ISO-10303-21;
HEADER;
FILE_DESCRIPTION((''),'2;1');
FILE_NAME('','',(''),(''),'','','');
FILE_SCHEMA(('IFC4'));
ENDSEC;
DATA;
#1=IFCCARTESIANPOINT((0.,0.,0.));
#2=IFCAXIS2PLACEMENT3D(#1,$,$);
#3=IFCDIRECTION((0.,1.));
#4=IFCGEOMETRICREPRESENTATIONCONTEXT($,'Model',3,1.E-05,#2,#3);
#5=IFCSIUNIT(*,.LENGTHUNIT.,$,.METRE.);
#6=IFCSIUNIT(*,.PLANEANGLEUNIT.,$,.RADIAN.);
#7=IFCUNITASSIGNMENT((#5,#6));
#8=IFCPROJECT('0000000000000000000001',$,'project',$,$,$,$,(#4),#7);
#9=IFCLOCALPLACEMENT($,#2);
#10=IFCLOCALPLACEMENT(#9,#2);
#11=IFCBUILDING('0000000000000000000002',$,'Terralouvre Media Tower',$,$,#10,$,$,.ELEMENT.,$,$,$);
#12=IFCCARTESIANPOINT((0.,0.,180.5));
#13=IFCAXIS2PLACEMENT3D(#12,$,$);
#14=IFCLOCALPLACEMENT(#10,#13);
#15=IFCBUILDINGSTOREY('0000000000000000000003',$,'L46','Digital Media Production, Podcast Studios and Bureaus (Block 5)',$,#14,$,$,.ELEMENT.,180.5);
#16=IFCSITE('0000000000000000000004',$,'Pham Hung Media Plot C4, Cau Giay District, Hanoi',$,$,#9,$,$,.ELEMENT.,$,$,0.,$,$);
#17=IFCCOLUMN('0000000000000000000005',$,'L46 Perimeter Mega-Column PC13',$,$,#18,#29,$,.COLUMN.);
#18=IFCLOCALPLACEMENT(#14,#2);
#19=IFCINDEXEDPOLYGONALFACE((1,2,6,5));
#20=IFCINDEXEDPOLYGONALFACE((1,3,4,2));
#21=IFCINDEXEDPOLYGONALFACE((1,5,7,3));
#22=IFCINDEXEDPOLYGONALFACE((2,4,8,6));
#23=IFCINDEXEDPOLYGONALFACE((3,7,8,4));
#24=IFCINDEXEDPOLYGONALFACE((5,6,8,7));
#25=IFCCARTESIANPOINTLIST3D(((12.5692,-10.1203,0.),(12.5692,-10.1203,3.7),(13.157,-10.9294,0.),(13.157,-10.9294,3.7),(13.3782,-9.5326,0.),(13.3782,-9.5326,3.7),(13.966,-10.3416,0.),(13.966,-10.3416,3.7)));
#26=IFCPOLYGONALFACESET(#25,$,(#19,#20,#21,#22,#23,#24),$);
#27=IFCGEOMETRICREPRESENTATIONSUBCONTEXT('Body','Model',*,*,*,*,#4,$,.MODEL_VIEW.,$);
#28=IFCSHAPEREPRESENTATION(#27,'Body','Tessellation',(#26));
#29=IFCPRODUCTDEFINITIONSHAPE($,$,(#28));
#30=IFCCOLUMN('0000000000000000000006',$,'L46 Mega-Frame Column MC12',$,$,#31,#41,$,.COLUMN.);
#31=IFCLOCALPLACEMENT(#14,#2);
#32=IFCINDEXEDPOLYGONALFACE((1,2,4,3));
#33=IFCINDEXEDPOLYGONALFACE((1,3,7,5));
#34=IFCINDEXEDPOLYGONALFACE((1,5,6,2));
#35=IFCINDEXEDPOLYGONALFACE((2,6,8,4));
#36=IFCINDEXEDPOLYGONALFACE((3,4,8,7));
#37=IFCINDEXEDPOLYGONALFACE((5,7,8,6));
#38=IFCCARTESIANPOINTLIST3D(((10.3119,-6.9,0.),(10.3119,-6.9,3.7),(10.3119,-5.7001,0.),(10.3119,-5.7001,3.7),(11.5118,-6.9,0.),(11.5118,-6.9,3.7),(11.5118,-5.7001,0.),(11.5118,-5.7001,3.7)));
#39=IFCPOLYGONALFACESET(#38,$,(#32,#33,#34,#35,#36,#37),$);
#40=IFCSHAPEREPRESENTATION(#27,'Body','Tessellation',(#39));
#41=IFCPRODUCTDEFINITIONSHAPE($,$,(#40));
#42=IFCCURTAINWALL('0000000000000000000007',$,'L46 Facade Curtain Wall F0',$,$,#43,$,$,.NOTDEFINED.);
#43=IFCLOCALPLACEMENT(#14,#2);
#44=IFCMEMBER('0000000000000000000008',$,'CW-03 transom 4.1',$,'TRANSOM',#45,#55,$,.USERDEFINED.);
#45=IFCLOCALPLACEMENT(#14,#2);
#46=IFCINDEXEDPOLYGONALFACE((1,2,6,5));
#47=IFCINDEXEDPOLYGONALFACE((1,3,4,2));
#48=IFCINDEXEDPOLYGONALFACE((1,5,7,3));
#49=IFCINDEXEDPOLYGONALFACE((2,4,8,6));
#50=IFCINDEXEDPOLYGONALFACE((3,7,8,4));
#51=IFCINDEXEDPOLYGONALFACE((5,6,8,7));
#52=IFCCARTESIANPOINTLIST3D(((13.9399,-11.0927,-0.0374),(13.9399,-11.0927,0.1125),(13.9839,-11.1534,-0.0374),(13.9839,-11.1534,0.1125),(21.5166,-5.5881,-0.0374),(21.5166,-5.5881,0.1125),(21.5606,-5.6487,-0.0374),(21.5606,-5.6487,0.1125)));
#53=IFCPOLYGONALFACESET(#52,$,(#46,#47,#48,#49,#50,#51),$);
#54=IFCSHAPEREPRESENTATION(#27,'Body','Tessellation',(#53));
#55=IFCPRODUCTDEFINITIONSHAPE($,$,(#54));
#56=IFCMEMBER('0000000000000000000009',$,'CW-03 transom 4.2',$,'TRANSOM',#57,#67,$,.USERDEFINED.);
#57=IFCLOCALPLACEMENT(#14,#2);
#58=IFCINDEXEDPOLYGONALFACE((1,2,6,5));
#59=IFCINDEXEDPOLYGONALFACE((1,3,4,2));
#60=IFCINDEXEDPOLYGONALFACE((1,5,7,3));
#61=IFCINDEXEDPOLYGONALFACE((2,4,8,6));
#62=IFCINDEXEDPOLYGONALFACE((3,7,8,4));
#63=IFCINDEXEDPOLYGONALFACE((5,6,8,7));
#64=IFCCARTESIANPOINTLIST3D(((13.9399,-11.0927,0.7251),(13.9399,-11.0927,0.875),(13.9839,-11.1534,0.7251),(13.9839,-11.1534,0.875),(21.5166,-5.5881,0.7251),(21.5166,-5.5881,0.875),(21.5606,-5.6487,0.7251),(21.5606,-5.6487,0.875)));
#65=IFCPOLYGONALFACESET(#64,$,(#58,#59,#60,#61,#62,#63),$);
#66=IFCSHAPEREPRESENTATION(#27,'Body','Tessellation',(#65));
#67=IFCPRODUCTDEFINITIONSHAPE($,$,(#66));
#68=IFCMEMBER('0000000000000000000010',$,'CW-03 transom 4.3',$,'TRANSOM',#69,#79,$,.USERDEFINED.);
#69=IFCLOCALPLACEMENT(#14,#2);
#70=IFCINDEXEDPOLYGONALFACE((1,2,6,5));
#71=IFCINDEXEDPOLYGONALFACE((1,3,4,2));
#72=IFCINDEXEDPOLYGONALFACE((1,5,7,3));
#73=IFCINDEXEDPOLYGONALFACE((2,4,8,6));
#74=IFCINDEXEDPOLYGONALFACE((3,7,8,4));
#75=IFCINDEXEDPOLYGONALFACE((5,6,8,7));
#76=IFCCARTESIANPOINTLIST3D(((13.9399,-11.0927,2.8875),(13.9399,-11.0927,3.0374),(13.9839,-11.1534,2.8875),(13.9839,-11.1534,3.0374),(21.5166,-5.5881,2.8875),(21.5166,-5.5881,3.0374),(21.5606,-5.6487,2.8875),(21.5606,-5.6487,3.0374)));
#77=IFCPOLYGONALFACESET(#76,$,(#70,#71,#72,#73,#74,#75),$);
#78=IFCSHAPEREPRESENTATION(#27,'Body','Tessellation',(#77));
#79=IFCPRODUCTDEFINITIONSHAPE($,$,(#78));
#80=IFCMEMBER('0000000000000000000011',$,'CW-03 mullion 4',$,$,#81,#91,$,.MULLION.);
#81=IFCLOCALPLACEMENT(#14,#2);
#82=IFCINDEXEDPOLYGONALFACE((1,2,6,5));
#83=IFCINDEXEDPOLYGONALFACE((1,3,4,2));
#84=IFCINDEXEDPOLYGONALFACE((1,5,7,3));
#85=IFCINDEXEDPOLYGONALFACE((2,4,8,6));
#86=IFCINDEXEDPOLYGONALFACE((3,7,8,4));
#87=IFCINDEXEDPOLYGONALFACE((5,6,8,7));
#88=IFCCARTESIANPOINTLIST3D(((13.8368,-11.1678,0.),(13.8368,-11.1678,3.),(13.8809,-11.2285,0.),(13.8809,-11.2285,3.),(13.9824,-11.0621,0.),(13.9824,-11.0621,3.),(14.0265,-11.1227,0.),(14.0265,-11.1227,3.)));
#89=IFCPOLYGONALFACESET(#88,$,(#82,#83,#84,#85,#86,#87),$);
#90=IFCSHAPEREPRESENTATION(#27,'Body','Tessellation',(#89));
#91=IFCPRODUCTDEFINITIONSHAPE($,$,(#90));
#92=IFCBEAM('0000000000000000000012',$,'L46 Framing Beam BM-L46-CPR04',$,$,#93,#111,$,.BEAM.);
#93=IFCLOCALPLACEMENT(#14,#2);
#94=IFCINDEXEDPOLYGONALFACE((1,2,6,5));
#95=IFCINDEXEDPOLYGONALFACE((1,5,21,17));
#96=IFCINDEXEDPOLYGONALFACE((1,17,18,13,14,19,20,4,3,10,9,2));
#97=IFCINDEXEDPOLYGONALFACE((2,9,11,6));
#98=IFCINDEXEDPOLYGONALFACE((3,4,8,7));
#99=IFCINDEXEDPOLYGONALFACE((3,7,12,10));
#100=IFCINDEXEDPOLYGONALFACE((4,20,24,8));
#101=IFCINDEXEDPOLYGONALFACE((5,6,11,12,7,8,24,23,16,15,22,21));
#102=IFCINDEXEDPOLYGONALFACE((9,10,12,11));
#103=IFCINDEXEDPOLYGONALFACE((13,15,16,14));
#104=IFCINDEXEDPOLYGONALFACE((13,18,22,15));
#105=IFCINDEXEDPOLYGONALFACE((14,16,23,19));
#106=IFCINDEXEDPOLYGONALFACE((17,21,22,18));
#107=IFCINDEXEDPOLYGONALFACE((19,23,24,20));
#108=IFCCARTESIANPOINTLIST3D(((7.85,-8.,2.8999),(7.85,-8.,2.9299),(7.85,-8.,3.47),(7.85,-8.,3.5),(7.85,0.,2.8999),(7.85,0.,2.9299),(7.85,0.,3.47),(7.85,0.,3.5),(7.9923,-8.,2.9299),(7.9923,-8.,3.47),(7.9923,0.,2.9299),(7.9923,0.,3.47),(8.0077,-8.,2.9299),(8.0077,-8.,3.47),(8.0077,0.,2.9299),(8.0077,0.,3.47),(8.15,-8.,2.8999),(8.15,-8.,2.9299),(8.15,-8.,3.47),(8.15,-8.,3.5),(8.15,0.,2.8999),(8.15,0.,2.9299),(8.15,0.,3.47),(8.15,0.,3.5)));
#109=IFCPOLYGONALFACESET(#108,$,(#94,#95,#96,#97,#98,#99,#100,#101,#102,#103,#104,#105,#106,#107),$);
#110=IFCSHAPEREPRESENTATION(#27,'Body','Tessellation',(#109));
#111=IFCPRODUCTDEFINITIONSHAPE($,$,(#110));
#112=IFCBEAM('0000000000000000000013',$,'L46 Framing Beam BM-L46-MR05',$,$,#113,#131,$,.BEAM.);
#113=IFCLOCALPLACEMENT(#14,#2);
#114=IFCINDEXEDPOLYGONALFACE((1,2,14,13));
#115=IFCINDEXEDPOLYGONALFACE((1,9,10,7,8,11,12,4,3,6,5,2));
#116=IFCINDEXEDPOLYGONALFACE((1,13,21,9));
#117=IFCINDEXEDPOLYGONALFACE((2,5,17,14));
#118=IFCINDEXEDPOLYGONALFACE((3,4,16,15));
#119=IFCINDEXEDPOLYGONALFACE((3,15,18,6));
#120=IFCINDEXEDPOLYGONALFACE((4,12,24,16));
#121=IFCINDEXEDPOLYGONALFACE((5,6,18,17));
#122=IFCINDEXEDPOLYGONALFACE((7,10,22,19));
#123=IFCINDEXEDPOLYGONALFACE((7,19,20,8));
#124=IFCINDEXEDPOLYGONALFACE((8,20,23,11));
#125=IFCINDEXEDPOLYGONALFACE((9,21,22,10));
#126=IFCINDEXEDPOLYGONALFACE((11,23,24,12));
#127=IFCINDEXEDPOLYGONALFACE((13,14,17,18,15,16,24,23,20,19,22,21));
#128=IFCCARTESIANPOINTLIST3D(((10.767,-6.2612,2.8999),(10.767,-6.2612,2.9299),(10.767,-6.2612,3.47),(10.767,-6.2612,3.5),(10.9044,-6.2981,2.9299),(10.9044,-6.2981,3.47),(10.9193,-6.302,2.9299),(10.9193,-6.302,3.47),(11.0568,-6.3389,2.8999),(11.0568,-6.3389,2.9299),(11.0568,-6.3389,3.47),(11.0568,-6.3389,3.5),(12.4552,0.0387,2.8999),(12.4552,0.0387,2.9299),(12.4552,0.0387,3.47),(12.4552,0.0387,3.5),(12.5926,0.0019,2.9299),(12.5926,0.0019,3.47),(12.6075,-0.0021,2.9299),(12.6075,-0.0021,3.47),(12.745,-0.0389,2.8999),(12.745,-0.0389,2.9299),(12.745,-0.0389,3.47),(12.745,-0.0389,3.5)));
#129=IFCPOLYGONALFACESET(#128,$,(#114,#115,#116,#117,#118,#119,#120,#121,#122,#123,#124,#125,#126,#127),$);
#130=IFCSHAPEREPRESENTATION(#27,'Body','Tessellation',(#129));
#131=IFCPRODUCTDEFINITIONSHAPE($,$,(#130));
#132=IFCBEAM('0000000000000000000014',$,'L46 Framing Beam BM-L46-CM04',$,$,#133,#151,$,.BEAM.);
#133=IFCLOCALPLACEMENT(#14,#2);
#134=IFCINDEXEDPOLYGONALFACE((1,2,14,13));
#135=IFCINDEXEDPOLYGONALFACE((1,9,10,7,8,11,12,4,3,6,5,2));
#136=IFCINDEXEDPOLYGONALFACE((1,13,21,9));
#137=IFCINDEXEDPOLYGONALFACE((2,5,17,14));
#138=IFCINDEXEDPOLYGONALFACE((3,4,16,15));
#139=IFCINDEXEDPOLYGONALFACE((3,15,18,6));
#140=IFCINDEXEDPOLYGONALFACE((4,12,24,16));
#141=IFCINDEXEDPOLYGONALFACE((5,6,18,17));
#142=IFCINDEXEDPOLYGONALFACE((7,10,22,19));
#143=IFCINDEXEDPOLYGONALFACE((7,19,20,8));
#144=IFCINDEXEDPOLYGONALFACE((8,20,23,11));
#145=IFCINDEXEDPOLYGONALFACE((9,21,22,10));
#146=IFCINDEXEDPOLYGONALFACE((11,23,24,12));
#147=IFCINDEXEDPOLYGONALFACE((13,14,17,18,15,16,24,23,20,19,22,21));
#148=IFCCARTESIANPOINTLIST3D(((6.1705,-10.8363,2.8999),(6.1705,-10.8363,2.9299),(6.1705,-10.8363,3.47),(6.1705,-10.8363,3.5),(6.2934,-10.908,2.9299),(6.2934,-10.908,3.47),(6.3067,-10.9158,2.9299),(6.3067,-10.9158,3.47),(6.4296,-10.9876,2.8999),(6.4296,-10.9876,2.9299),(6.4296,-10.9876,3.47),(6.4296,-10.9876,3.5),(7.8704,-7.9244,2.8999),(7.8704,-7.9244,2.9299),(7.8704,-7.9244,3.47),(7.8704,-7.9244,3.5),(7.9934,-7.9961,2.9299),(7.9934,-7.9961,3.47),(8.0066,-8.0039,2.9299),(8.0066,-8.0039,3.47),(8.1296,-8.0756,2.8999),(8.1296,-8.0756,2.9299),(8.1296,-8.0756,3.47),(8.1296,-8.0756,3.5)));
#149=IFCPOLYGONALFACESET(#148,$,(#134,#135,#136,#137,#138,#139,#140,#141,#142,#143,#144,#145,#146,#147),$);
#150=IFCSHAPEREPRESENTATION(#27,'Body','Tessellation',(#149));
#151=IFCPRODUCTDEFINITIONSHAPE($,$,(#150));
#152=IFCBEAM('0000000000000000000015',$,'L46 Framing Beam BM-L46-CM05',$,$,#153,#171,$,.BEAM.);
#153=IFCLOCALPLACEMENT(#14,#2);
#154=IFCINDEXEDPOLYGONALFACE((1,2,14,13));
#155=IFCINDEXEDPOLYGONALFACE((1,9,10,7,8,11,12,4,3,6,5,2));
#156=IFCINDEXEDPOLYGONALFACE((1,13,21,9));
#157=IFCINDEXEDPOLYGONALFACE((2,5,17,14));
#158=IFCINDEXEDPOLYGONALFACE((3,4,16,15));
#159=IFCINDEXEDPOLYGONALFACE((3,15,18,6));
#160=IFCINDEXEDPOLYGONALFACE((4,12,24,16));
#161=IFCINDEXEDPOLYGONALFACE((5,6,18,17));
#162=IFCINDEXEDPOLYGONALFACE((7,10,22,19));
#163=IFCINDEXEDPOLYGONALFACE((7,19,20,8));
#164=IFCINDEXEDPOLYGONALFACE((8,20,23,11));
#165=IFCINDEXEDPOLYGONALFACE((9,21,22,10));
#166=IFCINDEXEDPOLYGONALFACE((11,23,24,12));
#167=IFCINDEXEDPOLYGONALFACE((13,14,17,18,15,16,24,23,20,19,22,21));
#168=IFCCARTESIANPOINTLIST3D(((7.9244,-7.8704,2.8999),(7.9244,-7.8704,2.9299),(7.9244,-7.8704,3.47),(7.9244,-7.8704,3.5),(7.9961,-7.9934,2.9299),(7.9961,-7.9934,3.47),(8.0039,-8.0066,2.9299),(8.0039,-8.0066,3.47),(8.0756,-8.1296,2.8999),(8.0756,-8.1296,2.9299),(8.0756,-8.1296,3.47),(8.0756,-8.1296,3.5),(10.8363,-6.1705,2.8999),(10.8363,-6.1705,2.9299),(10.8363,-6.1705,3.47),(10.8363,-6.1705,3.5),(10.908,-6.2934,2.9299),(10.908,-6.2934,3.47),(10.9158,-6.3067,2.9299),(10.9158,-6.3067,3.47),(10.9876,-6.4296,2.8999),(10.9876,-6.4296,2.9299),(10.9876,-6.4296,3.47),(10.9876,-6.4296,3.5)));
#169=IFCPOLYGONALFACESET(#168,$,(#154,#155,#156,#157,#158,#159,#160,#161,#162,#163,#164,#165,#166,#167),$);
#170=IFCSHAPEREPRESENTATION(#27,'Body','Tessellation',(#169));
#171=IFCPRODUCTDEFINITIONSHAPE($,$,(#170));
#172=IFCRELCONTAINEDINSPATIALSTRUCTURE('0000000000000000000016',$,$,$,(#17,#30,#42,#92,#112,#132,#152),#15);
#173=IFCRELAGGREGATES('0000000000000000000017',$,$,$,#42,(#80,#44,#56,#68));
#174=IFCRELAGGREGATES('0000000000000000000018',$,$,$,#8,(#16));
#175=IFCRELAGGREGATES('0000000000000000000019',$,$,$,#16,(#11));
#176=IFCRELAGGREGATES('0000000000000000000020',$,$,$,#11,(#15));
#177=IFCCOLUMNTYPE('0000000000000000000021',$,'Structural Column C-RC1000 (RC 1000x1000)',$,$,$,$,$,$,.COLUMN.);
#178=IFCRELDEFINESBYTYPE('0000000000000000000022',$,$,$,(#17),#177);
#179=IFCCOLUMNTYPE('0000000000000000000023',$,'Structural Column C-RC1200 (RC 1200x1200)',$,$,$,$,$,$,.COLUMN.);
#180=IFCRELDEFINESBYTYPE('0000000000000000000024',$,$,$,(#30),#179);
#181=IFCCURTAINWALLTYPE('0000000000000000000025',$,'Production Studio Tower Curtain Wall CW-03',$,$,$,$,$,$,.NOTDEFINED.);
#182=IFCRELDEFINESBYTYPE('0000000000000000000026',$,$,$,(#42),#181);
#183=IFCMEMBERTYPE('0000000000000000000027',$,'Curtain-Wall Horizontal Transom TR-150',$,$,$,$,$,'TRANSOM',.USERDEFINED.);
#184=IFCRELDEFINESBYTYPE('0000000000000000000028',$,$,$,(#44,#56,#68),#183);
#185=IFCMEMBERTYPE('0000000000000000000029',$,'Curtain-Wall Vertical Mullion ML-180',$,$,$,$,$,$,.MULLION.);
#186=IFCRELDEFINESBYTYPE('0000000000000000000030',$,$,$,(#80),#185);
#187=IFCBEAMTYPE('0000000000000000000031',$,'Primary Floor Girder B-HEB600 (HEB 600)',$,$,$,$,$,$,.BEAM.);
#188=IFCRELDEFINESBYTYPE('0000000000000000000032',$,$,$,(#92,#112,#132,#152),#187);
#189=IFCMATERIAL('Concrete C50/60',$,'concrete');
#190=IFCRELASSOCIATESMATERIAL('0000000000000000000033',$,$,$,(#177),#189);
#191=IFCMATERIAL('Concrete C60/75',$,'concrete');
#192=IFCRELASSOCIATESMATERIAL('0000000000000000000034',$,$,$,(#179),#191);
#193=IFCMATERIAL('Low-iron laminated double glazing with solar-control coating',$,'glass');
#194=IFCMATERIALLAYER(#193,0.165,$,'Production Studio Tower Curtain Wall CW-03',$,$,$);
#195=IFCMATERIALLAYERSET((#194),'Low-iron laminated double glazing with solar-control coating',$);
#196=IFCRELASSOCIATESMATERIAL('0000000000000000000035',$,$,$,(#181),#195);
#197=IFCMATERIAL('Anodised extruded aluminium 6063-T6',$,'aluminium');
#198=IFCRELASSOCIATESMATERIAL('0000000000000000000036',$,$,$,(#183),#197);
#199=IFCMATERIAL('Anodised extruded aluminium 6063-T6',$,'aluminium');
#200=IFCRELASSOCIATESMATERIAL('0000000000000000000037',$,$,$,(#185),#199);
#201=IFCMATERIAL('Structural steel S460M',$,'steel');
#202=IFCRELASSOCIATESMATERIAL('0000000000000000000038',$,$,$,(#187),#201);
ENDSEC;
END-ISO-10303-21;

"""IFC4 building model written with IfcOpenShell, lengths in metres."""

from ifc_helpers import new_model, si_unit, direction, frame, origin, origin_2d, place, context, subcontext, project, spatial, rectangle, i_section, extrude, material, layer, layer_set, material_profile, profile_set, type_object, element, aggregate, save


model = new_model("IFC4")

# Units and contexts
model_context = context("Model", 3, precision=1e-05, world=origin(), true_north=direction((0.0, 1.0)))
body_context = subcontext(model_context, "Body", "Model", "MODEL_VIEW")
ifc_project = project(units=[si_unit("LENGTHUNIT", "METRE"), si_unit("PLANEANGLEUNIT", "RADIAN")], contexts=[model_context])

# Site, building, storey
site_placement = place(None, origin())
site = spatial("IfcSite", under=ifc_project, at=site_placement, Name="Pham Hung Media Plot C4, Cau Giay District, Hanoi", CompositionType="ELEMENT", RefElevation=0.0)
building_placement = place(site_placement, origin())
building = spatial("IfcBuilding", under=site, at=building_placement, Name="Terralouvre Media Tower", CompositionType="ELEMENT")
storey_placement = place(building_placement, frame((0.0, 0.0, 180.5)))
storey = spatial("IfcBuildingStorey", under=building, at=storey_placement, Name="L46", Description="Digital Media Production, Podcast Studios and Bureaus (Block 5)", CompositionType="ELEMENT", Elevation=180.5)

# Columns
ifc_material_1 = material(Name="Concrete C50/60", Category="concrete")
ifc_material_profile_1 = material_profile(ifc_material_1, rectangle(XDim=1.0, YDim=1.0, at=origin_2d()), Name="RC 1000x1000")
ifc_profile_set_1 = profile_set([ifc_material_profile_1], Name="Concrete C50/60")
column_type_1 = type_object("IfcColumnType", Name="Structural Column C-RC1000 (RC 1000x1000)", PredefinedType="COLUMN", material=ifc_profile_set_1)
column_1_placement = place(storey_placement, frame((13.2676, -10.231, 0.0), z_axis=(0.0, 0.0, 1.0), x_axis=(0.809017, 0.587785, 0.0)))
element("IfcColumn", 1, at=column_1_placement, inside=storey, type_object=column_type_1, Name="L46 Perimeter Mega-Column PC13", PredefinedType="COLUMN", context=body_context, shape_type="SweptSolid", body=[
    extrude(rectangle(XDim=1.0, YDim=1.0, at=origin_2d()), origin(), (0.0, 0.0, 1.0), 3.7),
])
ifc_material_2 = material(Name="Concrete C60/75", Category="concrete")
ifc_material_profile_2 = material_profile(ifc_material_2, rectangle(XDim=1.2, YDim=1.2, at=origin_2d()), Name="RC 1200x1200")
ifc_profile_set_2 = profile_set([ifc_material_profile_2], Name="Concrete C60/75")
column_type_2 = type_object("IfcColumnType", Name="Structural Column C-RC1200 (RC 1200x1200)", PredefinedType="COLUMN", material=ifc_profile_set_2)
column_2_placement = place(storey_placement, frame((10.9119, -6.3, 0.0), z_axis=(0.0, 0.0, 1.0), x_axis=(1.0, 0.0, 0.0)))
element("IfcColumn", 2, at=column_2_placement, inside=storey, type_object=column_type_2, Name="L46 Mega-Frame Column MC12", PredefinedType="COLUMN", context=body_context, shape_type="SweptSolid", body=[
    extrude(rectangle(XDim=1.2, YDim=1.2, at=origin_2d()), origin(), (0.0, 0.0, 1.0), 3.7),
])

# Curtain wall, members
ifc_material_3 = material(Name="Low-iron laminated double glazing with solar-control coating", Category="glass")
ifc_layer_1 = layer(ifc_material_3, 0.165, Name="Production Studio Tower Curtain Wall CW-03")
ifc_layer_set_1 = layer_set([ifc_layer_1], Name="Low-iron laminated double glazing with solar-control coating")
curtain_wall_type = type_object("IfcCurtainWallType", Name="Production Studio Tower Curtain Wall CW-03", PredefinedType="NOTDEFINED", material=ifc_layer_set_1)
curtain_wall_placement = place(storey_placement, origin())
curtain_wall = element("IfcCurtainWall", 3, at=curtain_wall_placement, inside=storey, type_object=curtain_wall_type, Name="L46 Facade Curtain Wall F0", PredefinedType="NOTDEFINED")
ifc_material_4 = material(Name="Anodised extruded aluminium 6063-T6", Category="aluminium")
ifc_material_profile_3 = material_profile(ifc_material_4, rectangle(XDim=0.075, YDim=0.1499, at=origin_2d()), Name="ALU 75x150")
ifc_profile_set_3 = profile_set([ifc_material_profile_3], Name="Anodised extruded aluminium 6063-T6")
member_type_1 = type_object("IfcMemberType", Name="Curtain-Wall Horizontal Transom TR-150", ElementType="TRANSOM", PredefinedType="USERDEFINED", material=ifc_profile_set_3)
member_1_placement = place(storey_placement, frame((13.9619, -11.123, 0.0376), z_axis=(0.809023, 0.587776, 0.0), x_axis=(-0.587776, 0.809023, 0.0)))
member_1 = element("IfcMember", 4, at=member_1_placement, type_object=member_type_1, Name="CW-03 transom 4.1", ObjectType="TRANSOM", PredefinedType="USERDEFINED", context=body_context, shape_type="SweptSolid", body=[
    extrude(rectangle(XDim=0.075, YDim=0.1499, at=origin_2d()), origin(), (0.0, 0.0, 1.0), 9.3652),
])
member_2_placement = place(storey_placement, frame((13.9619, -11.123, 0.8), z_axis=(0.809023, 0.587776, 0.0), x_axis=(-0.587776, 0.809023, 0.0)))
member_2 = element("IfcMember", 5, at=member_2_placement, type_object=member_type_1, Name="CW-03 transom 4.2", ObjectType="TRANSOM", PredefinedType="USERDEFINED", context=body_context, shape_type="SweptSolid", body=[
    extrude(rectangle(XDim=0.075, YDim=0.1499, at=origin_2d()), origin(), (0.0, 0.0, 1.0), 9.3652),
])
member_3_placement = place(storey_placement, frame((13.9619, -11.123, 2.9624), z_axis=(0.809023, 0.587776, 0.0), x_axis=(-0.587776, 0.809023, 0.0)))
member_3 = element("IfcMember", 6, at=member_3_placement, type_object=member_type_1, Name="CW-03 transom 4.3", ObjectType="TRANSOM", PredefinedType="USERDEFINED", context=body_context, shape_type="SweptSolid", body=[
    extrude(rectangle(XDim=0.075, YDim=0.1499, at=origin_2d()), origin(), (0.0, 0.0, 1.0), 9.3652),
])
ifc_material_5 = material(Name="Anodised extruded aluminium 6063-T6", Category="aluminium")
ifc_material_profile_4 = material_profile(ifc_material_5, rectangle(XDim=0.075, YDim=0.1799, at=origin_2d()), Name="ALU 75x180")
ifc_profile_set_4 = profile_set([ifc_material_profile_4], Name="Anodised extruded aluminium 6063-T6")
member_type_2 = type_object("IfcMemberType", Name="Curtain-Wall Vertical Mullion ML-180", PredefinedType="MULLION", material=ifc_profile_set_4)
member_4_placement = place(storey_placement, frame((13.9316, -11.1453, 0.0), z_axis=(0.0, 0.0, 1.0), x_axis=(-0.587785, 0.809017, 0.0)))
member_4 = element("IfcMember", 7, at=member_4_placement, type_object=member_type_2, Name="CW-03 mullion 4", PredefinedType="MULLION", context=body_context, shape_type="SweptSolid", body=[
    extrude(rectangle(XDim=0.075, YDim=0.1799, at=origin_2d()), origin(), (0.0, 0.0, 1.0), 3.0),
])

# Beams
ifc_material_6 = material(Name="Structural steel S460M", Category="steel")
ifc_material_profile_5 = material_profile(ifc_material_6, i_section(OverallWidth=0.3, OverallDepth=0.6001, WebThickness=0.0154, FlangeThickness=0.03, at=origin_2d()), Name="HEB 600")
ifc_profile_set_5 = profile_set([ifc_material_profile_5], Name="Structural steel S460M")
beam_type_1 = type_object("IfcBeamType", Name="Primary Floor Girder B-HEB600 (HEB 600)", PredefinedType="BEAM", material=ifc_profile_set_5)
beam_1_placement = place(storey_placement, frame((8.0, -8.0, 3.2), z_axis=(0.0, 1.0, 0.0), x_axis=(-1.0, 0.0, 0.0)))
element("IfcBeam", 8, at=beam_1_placement, inside=storey, type_object=beam_type_1, Name="L46 Framing Beam BM-L46-CPR04", PredefinedType="BEAM", context=body_context, shape_type="SweptSolid", body=[
    extrude(i_section(OverallWidth=0.3, OverallDepth=0.6001, WebThickness=0.0154, FlangeThickness=0.03, at=origin_2d()), origin(), (0.0, 0.0, 1.0), 8.0),
])
beam_2_placement = place(storey_placement, frame((10.9119, -6.3, 3.2), z_axis=(0.258839, 0.96592, 0.0), x_axis=(-0.96592, 0.258839, 0.0)))
element("IfcBeam", 9, at=beam_2_placement, inside=storey, type_object=beam_type_1, Name="L46 Framing Beam BM-L46-MR05", PredefinedType="BEAM", context=body_context, shape_type="SweptSolid", body=[
    extrude(i_section(OverallWidth=0.3, OverallDepth=0.6001, WebThickness=0.0154, FlangeThickness=0.03, at=origin_2d()), origin(), (0.0, 0.0, 1.0), 6.5222),
])
for number, where, z_axis, x_axis, name in (
    (10, (8.0, -8.0, 3.2), (-0.504173, -0.863603, 0.0), (0.863603, -0.504173, 0.0), "L46 Framing Beam BM-L46-CM04"),
    (11, (8.0, -8.0, 3.2), (0.863603, 0.504173, 0.0), (-0.504173, 0.863603, 0.0), "L46 Framing Beam BM-L46-CM05"),
):
    element("IfcBeam", number, at=place(storey_placement, frame(where, z_axis=z_axis, x_axis=x_axis)), inside=storey, type_object=beam_type_1, Name=name, PredefinedType="BEAM", context=body_context, shape_type="SweptSolid", body=[
        extrude(i_section(OverallWidth=0.3, OverallDepth=0.6001, WebThickness=0.0154, FlangeThickness=0.03, at=origin_2d()), origin(), (0.0, 0.0, 1.0), 3.3718),
    ])

aggregate(curtain_wall, [member_4, member_1, member_2, member_3])

save(model, "model.ifc")
